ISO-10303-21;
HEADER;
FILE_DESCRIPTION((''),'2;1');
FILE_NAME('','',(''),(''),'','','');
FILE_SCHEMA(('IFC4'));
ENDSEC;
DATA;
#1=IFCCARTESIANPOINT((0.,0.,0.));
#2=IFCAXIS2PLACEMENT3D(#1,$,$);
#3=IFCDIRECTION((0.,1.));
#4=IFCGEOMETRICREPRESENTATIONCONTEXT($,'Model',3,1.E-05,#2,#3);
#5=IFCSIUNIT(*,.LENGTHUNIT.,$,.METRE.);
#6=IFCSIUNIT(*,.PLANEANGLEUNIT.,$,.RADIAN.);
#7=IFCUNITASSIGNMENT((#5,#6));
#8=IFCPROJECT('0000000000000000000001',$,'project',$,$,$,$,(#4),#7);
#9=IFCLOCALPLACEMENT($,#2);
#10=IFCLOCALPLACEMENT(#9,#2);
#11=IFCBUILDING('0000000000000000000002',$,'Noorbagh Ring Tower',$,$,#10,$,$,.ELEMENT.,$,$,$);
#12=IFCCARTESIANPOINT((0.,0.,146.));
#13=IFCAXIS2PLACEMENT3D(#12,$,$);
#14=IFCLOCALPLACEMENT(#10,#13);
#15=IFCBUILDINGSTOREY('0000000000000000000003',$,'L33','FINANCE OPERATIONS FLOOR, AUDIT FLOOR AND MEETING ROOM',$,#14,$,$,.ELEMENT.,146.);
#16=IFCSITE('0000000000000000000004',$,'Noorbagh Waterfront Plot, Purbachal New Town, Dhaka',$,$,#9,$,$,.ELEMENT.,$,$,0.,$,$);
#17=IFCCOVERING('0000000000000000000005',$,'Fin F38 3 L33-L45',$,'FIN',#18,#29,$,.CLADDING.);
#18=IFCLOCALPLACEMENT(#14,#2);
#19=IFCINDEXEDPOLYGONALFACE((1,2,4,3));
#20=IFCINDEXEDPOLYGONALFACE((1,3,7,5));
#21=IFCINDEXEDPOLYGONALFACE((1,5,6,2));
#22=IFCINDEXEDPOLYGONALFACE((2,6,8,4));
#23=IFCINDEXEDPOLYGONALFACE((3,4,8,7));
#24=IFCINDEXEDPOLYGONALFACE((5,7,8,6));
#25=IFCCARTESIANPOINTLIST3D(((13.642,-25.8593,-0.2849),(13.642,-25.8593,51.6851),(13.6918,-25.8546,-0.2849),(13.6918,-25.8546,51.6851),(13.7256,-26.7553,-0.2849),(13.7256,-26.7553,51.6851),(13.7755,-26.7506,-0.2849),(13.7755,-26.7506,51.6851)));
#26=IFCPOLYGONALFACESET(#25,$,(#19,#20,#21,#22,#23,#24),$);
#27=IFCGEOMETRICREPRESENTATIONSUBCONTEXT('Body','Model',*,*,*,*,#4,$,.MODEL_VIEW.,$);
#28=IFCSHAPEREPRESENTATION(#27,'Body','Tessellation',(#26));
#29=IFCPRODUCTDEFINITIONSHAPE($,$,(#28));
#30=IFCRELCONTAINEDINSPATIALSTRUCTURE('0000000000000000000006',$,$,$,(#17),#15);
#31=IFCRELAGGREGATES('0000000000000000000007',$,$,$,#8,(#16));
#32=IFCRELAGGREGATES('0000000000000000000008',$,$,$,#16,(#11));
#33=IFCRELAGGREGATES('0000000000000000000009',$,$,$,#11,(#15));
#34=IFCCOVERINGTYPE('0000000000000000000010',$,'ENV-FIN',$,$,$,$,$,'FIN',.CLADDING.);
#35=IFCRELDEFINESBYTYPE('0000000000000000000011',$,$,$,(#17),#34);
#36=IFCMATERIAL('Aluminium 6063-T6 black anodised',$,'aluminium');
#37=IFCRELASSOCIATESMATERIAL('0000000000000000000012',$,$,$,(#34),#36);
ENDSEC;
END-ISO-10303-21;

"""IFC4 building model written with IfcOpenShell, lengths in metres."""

from ifc_helpers import new_model, si_unit, direction, frame, origin, origin_2d, place, context, subcontext, project, spatial, rectangle, extrude, material, material_profile, profile_set, type_object, element, save


model = new_model("IFC4")

# Units and contexts
model_context = context("Model", 3, precision=1e-05, world=origin(), true_north=direction((0.0, 1.0)))
body_context = subcontext(model_context, "Body", "Model", "MODEL_VIEW")
ifc_project = project(units=[si_unit("LENGTHUNIT", "METRE"), si_unit("PLANEANGLEUNIT", "RADIAN")], contexts=[model_context])

# Site, building, storey
site_placement = place(None, origin())
site = spatial("IfcSite", under=ifc_project, at=site_placement, Name="Noorbagh Waterfront Plot, Purbachal New Town, Dhaka", CompositionType="ELEMENT", RefElevation=0.0)
building_placement = place(site_placement, origin())
building = spatial("IfcBuilding", under=site, at=building_placement, Name="Noorbagh Ring Tower", CompositionType="ELEMENT")
storey_placement = place(building_placement, frame((0.0, 0.0, 146.0)))
storey = spatial("IfcBuildingStorey", under=building, at=storey_placement, Name="L33", Description="FINANCE OPERATIONS FLOOR, AUDIT FLOOR AND MEETING ROOM", CompositionType="ELEMENT", Elevation=146.0)

# Covering
ifc_material_1 = material(Name="Aluminium 6063-T6 black anodised", Category="aluminium")
ifc_material_profile_1 = material_profile(ifc_material_1, rectangle(XDim=0.8999, YDim=0.05, at=origin_2d()), Name="900x50")
ifc_profile_set_1 = profile_set([ifc_material_profile_1], Name="Aluminium 6063-T6 black anodised")
covering_type = type_object("IfcCoveringType", Name="ENV-FIN", ElementType="FIN", PredefinedType="CLADDING", material=ifc_profile_set_1)
for number, where, z_axis, x_axis, name in (
    (1, (13.7087, -26.3049, -0.2849), (0.0, 0.0, 1.0), (0.092918, -0.995674, 0.0), "Fin F38 3 L33-L45"),
):
    element("IfcCovering", number, at=place(storey_placement, frame(where, z_axis=z_axis, x_axis=x_axis)), inside=storey, type_object=covering_type, Name=name, ObjectType="FIN", PredefinedType="CLADDING", context=body_context, shape_type="SweptSolid", body=[
        extrude(rectangle(XDim=0.8999, YDim=0.05, at=origin_2d()), origin(), (0.0, 0.0, 1.0), 51.97),
    ])

save(model, "model.ifc")
